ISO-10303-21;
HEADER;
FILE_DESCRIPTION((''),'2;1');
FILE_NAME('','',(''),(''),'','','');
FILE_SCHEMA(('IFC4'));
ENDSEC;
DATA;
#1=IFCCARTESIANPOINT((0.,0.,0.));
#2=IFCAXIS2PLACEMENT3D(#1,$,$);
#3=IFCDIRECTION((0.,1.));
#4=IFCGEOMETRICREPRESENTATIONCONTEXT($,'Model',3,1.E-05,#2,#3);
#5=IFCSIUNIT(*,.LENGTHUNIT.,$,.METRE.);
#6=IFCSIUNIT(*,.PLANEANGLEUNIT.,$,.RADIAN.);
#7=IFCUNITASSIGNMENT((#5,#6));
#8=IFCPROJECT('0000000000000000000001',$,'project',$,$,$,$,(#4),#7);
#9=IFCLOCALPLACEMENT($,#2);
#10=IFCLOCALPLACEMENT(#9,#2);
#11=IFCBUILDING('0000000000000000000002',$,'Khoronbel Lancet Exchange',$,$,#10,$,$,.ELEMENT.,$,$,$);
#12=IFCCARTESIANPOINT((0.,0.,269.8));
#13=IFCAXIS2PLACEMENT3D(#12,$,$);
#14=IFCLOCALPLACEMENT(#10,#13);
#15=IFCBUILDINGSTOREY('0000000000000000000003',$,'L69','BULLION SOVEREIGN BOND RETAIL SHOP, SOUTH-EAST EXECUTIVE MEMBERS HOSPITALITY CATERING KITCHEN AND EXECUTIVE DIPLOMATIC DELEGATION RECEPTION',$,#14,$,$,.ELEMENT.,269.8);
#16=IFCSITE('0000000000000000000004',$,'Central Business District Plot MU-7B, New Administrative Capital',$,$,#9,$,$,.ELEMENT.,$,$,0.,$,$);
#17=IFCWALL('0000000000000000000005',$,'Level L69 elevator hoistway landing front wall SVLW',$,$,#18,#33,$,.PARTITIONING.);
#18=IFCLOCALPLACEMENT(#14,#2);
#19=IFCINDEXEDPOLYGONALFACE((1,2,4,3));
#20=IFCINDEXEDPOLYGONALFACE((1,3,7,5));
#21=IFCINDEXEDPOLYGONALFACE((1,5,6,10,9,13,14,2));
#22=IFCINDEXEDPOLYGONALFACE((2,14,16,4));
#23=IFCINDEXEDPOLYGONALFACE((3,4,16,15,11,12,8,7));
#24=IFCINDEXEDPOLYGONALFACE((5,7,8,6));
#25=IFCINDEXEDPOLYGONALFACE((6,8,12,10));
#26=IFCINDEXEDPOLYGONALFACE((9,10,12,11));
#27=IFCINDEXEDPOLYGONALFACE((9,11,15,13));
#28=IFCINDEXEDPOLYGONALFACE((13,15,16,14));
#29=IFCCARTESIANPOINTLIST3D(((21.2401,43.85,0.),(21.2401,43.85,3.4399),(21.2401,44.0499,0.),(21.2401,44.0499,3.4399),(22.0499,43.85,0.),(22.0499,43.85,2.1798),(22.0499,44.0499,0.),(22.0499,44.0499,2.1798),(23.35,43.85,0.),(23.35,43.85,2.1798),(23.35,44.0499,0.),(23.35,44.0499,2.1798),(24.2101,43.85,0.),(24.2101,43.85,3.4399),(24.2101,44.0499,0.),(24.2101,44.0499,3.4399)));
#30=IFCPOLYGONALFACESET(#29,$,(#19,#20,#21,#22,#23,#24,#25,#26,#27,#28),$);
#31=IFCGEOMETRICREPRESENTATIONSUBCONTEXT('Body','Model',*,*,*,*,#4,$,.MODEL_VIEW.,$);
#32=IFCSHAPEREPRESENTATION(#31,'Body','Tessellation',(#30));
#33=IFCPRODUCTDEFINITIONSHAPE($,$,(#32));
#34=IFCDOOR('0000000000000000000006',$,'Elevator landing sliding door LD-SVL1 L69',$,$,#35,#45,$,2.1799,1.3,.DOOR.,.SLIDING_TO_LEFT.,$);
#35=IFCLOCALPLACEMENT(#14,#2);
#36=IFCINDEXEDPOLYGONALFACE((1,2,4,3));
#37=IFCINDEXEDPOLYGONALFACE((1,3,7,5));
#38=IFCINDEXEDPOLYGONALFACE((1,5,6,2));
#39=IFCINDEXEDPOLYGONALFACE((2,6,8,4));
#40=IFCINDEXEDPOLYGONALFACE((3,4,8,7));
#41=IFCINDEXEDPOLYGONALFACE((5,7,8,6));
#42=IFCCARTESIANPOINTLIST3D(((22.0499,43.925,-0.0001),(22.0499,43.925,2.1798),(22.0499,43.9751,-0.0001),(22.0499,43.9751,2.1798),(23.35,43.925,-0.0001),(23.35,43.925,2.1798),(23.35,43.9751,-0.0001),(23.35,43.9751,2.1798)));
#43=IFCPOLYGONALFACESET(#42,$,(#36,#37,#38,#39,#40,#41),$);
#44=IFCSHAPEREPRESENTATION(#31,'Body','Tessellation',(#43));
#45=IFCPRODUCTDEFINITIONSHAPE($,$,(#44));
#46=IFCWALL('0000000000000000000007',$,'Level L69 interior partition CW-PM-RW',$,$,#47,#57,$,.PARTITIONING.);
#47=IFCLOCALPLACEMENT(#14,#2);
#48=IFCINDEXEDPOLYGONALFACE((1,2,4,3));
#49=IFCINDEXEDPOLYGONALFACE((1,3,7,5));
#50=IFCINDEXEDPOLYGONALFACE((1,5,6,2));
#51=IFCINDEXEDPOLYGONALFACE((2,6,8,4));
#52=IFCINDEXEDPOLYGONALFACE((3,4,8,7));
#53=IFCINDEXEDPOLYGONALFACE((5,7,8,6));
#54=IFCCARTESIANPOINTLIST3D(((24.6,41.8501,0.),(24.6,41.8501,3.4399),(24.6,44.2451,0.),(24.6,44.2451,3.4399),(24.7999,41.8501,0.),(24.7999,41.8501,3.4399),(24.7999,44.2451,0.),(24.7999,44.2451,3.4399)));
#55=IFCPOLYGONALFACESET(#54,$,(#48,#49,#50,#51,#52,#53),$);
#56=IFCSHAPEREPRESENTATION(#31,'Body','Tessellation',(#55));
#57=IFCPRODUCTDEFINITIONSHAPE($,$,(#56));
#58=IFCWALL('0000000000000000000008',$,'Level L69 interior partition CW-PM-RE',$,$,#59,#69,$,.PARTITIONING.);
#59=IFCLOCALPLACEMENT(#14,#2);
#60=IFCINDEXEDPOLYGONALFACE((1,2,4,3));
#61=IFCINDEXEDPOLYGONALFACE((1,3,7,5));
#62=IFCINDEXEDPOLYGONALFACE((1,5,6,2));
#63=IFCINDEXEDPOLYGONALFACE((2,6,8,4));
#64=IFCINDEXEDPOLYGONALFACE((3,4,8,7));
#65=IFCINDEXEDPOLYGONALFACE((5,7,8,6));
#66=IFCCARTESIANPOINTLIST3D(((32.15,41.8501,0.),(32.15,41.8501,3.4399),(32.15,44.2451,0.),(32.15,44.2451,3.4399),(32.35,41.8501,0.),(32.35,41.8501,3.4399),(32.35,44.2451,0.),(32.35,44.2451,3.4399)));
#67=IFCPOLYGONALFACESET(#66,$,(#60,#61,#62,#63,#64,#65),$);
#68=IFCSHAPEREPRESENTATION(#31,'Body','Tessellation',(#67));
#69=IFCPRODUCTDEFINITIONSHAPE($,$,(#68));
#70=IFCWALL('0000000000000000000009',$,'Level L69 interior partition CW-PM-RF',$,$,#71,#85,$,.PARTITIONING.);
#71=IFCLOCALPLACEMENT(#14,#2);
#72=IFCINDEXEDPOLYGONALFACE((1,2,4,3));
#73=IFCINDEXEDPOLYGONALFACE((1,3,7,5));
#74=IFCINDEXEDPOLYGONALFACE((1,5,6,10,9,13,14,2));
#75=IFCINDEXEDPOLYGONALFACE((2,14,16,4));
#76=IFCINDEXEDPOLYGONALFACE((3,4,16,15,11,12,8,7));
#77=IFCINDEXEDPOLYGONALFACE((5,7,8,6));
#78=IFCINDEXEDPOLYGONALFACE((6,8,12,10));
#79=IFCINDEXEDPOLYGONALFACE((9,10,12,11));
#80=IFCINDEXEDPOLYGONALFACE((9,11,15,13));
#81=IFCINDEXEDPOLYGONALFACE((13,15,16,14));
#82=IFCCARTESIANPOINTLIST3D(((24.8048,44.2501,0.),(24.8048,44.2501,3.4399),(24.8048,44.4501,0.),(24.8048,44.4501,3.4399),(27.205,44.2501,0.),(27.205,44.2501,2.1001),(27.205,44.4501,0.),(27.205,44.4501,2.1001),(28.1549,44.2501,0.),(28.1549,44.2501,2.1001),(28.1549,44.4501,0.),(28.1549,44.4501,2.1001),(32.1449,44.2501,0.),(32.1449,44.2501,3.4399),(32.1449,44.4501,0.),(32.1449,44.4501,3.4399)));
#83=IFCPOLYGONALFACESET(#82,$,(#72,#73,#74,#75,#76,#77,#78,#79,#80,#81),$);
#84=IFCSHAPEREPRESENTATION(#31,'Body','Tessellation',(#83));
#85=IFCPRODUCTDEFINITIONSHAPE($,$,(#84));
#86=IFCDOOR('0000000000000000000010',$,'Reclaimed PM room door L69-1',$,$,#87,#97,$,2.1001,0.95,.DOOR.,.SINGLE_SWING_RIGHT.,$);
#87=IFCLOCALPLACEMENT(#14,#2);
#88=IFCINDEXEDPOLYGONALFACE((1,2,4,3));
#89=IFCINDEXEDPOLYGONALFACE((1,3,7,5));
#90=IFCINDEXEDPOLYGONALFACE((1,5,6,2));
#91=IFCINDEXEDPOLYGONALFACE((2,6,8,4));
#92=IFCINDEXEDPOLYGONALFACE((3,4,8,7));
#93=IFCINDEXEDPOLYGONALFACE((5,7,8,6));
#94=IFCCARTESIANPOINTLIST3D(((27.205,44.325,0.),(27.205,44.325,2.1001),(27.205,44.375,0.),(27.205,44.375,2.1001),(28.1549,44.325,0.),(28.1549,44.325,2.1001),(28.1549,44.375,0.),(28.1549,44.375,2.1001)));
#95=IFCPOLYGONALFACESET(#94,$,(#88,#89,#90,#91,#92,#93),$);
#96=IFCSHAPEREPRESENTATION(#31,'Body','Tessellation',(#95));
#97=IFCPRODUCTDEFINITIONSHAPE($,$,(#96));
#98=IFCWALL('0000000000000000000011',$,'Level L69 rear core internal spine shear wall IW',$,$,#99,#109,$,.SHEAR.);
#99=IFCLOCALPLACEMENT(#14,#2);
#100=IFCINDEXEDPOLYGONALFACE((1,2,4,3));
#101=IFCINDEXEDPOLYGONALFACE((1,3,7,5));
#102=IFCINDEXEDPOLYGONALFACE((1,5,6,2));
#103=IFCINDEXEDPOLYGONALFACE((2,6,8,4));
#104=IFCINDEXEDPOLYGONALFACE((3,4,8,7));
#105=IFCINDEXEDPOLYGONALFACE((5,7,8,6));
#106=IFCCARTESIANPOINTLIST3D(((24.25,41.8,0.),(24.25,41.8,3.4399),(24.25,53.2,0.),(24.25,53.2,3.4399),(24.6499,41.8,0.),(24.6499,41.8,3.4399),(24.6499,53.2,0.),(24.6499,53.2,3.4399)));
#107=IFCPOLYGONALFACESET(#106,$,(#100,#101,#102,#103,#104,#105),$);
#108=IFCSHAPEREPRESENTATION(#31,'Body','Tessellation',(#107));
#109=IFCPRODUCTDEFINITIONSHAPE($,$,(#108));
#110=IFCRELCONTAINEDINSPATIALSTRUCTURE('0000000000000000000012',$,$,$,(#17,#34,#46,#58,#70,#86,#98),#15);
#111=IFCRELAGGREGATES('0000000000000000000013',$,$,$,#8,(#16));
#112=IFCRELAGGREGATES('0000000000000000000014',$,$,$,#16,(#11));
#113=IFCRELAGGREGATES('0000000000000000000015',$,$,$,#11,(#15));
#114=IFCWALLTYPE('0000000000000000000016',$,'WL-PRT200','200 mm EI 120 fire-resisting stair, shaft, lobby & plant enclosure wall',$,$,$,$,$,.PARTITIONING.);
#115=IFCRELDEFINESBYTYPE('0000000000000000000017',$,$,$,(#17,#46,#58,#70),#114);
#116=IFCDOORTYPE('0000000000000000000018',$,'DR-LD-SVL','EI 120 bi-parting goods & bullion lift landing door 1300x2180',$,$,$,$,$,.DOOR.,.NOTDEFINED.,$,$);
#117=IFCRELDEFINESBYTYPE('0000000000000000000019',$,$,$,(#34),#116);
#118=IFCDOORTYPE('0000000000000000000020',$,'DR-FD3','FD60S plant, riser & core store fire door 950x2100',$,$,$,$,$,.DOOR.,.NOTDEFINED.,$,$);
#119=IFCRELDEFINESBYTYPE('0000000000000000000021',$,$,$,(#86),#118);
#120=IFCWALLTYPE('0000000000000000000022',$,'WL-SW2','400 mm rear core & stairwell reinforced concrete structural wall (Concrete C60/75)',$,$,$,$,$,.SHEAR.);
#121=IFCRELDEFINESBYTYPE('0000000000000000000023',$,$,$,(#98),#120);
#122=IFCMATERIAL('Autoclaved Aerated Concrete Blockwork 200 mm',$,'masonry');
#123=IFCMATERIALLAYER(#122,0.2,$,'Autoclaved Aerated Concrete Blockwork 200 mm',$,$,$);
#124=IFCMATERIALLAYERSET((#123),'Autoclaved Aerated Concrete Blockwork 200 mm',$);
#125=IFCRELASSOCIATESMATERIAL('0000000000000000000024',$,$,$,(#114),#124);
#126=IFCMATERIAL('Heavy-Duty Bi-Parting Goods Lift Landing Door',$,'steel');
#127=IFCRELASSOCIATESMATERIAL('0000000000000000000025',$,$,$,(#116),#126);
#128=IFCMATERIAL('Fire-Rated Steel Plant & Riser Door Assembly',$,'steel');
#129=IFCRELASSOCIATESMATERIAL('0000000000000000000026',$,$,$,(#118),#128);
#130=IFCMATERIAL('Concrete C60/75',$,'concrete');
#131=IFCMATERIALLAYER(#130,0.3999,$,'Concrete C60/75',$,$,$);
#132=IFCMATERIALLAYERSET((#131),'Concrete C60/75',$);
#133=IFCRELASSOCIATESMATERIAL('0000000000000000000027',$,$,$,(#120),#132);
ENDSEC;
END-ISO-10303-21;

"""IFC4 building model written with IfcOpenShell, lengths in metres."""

from ifc_helpers import new_model, si_unit, direction, frame, frame_2d, origin, place, context, subcontext, project, spatial, rectangle, extrude, material, layer, layer_set, type_object, element, fill, save


model = new_model("IFC4")

# Units and contexts
model_context = context("Model", 3, precision=1e-05, world=origin(), true_north=direction((0.0, 1.0)))
body_context = subcontext(model_context, "Body", "Model", "MODEL_VIEW")
ifc_project = project(units=[si_unit("LENGTHUNIT", "METRE"), si_unit("PLANEANGLEUNIT", "RADIAN")], contexts=[model_context])

# Site, building, storey
site_placement = place(None, origin())
site = spatial("IfcSite", under=ifc_project, at=site_placement, Name="Central Business District Plot MU-7B, New Administrative Capital", CompositionType="ELEMENT", RefElevation=0.0)
building_placement = place(site_placement, origin())
building = spatial("IfcBuilding", under=site, at=building_placement, Name="Khoronbel Lancet Exchange", CompositionType="ELEMENT")
storey_placement = place(building_placement, frame((0.0, 0.0, 269.8)))
storey = spatial("IfcBuildingStorey", under=building, at=storey_placement, Name="L69", Description="BULLION SOVEREIGN BOND RETAIL SHOP, SOUTH-EAST EXECUTIVE MEMBERS HOSPITALITY CATERING KITCHEN AND EXECUTIVE DIPLOMATIC DELEGATION RECEPTION", CompositionType="ELEMENT", Elevation=269.8)

# Shared definitions
ifc_material_1 = material(Name="Concrete C60/75", Category="concrete")

# Wall, opening, door
ifc_material_2 = material(Name="Autoclaved Aerated Concrete Blockwork 200 mm", Category="masonry")
ifc_layer_1 = layer(ifc_material_2, 0.2, Name="Autoclaved Aerated Concrete Blockwork 200 mm")
ifc_layer_set_1 = layer_set([ifc_layer_1], Name="Autoclaved Aerated Concrete Blockwork 200 mm")
wall_type_1 = type_object("IfcWallType", Name="WL-PRT200", Description="200 mm EI 120 fire-resisting stair, shaft, lobby & plant enclosure wall", PredefinedType="PARTITIONING", material=ifc_layer_set_1)
wall_1_placement = place(storey_placement, frame((24.21, 43.95, 0.0), z_axis=(0.0, 0.0, 1.0), x_axis=(-1.0, 0.0, 0.0)))
wall_1 = element("IfcWall", 1, at=wall_1_placement, inside=storey, type_object=wall_type_1, Name="Level L69 elevator hoistway landing front wall SVLW", PredefinedType="PARTITIONING", context=body_context, shape_type="SweptSolid", body=[
    extrude(rectangle(XDim=2.97, YDim=0.2, at=frame_2d((1.4849, 0.0))), origin(), (0.0, 0.0, 1.0), 3.4399),
])
opening_1_placement = place(wall_1_placement, frame((0.8601, 0.0, 0.0)))
opening_1 = element("IfcOpeningElement", 2, at=opening_1_placement, cuts=wall_1, PredefinedType="OPENING", context=body_context, shape_type="SweptSolid", body=[
    extrude(rectangle(XDim=1.3, YDim=2.1799, at=frame_2d((0.6499, 1.0898))), frame((0.0, 0.1099, 0.0), z_axis=(0.0, -1.0, 0.0), x_axis=(1.0, 0.0, 0.0)), (0.0, 0.0, 1.0), 0.22),
])
ifc_material_3 = material(Name="Heavy-Duty Bi-Parting Goods Lift Landing Door", Category="steel")
door_type_1 = type_object("IfcDoorType", Name="DR-LD-SVL", Description="EI 120 bi-parting goods & bullion lift landing door 1300x2180", OperationType="NOTDEFINED", PredefinedType="DOOR", material=ifc_material_3)
door_1_placement = place(opening_1_placement, origin())
door_1 = element("IfcDoor", 3, at=door_1_placement, inside=storey, type_object=door_type_1, Name="Elevator landing sliding door LD-SVL1 L69", OperationType="SLIDING_TO_LEFT", OverallHeight=2.1799, OverallWidth=1.3, PredefinedType="DOOR", context=body_context, shape_type="SweptSolid", body=[
    extrude(rectangle(XDim=1.3, YDim=2.1799, at=frame_2d((0.6499, 1.0898))), frame((0.0, 0.0249, 0.0), z_axis=(0.0, -1.0, 0.0), x_axis=(1.0, 0.0, 0.0)), (0.0, 0.0, 1.0), 0.05),
])
fill(opening_1, door_1)

# Walls
for number, where, z_axis, x_axis, name in (
    (4, (24.7, 41.8501, 0.0), (0.0, 0.0, 1.0), (0.0, 1.0, 0.0), "Level L69 interior partition CW-PM-RW"),
    (5, (32.25, 41.8501, 0.0), (0.0, 0.0, 1.0), (0.0, 1.0, 0.0), "Level L69 interior partition CW-PM-RE"),
):
    element("IfcWall", number, at=place(storey_placement, frame(where, z_axis=z_axis, x_axis=x_axis)), inside=storey, type_object=wall_type_1, Name=name, PredefinedType="PARTITIONING", context=body_context, shape_type="SweptSolid", body=[
        extrude(rectangle(XDim=2.395, YDim=0.2, at=frame_2d((1.1975, 0.0))), origin(), (0.0, 0.0, 1.0), 3.4399),
    ])

# Wall, opening, door
wall_2_placement = place(storey_placement, frame((24.8049, 44.3501, 0.0), z_axis=(0.0, 0.0, 1.0), x_axis=(1.0, 0.0, 0.0)))
wall_2 = element("IfcWall", 6, at=wall_2_placement, inside=storey, type_object=wall_type_1, Name="Level L69 interior partition CW-PM-RF", PredefinedType="PARTITIONING", context=body_context, shape_type="SweptSolid", body=[
    extrude(rectangle(XDim=7.3401, YDim=0.2, at=frame_2d((3.6699, 0.0))), origin(), (0.0, 0.0, 1.0), 3.4399),
])
opening_2_placement = place(wall_2_placement, frame((2.3999, 0.0, 0.0)))
opening_2 = element("IfcOpeningElement", 7, at=opening_2_placement, cuts=wall_2, PredefinedType="OPENING", context=body_context, shape_type="SweptSolid", body=[
    extrude(rectangle(XDim=0.95, YDim=2.1001, at=frame_2d((0.4751, 1.05))), frame((0.0, 0.1099, 0.0), z_axis=(0.0, -1.0, 0.0), x_axis=(1.0, 0.0, 0.0)), (0.0, 0.0, 1.0), 0.22),
])
ifc_material_4 = material(Name="Fire-Rated Steel Plant & Riser Door Assembly", Category="steel")
door_type_2 = type_object("IfcDoorType", Name="DR-FD3", Description="FD60S plant, riser & core store fire door 950x2100", OperationType="NOTDEFINED", PredefinedType="DOOR", material=ifc_material_4)
door_2_placement = place(opening_2_placement, origin())
door_2 = element("IfcDoor", 8, at=door_2_placement, inside=storey, type_object=door_type_2, Name="Reclaimed PM room door L69-1", OperationType="SINGLE_SWING_RIGHT", OverallHeight=2.1001, OverallWidth=0.95, PredefinedType="DOOR", context=body_context, shape_type="SweptSolid", body=[
    extrude(rectangle(XDim=0.95, YDim=2.1001, at=frame_2d((0.4751, 1.05))), frame((0.0, 0.0249, 0.0), z_axis=(0.0, -1.0, 0.0), x_axis=(1.0, 0.0, 0.0)), (0.0, 0.0, 1.0), 0.05),
])
fill(opening_2, door_2)

# Wall
ifc_layer_2 = layer(ifc_material_1, 0.3999, Name="Concrete C60/75")
ifc_layer_set_2 = layer_set([ifc_layer_2], Name="Concrete C60/75")
wall_type_2 = type_object("IfcWallType", Name="WL-SW2", Description="400 mm rear core & stairwell reinforced concrete structural wall (Concrete C60/75)", PredefinedType="SHEAR", material=ifc_layer_set_2)
wall_3_placement = place(storey_placement, frame((24.45, 41.8, 0.0), z_axis=(0.0, 0.0, 1.0), x_axis=(0.0, 1.0, 0.0)))
element("IfcWall", 9, at=wall_3_placement, inside=storey, type_object=wall_type_2, Name="Level L69 rear core internal spine shear wall IW", PredefinedType="SHEAR", context=body_context, shape_type="SweptSolid", body=[
    extrude(rectangle(XDim=11.3999, YDim=0.3999, at=frame_2d((5.7, 0.0))), origin(), (0.0, 0.0, 1.0), 3.4399),
])

save(model, "model.ifc")
